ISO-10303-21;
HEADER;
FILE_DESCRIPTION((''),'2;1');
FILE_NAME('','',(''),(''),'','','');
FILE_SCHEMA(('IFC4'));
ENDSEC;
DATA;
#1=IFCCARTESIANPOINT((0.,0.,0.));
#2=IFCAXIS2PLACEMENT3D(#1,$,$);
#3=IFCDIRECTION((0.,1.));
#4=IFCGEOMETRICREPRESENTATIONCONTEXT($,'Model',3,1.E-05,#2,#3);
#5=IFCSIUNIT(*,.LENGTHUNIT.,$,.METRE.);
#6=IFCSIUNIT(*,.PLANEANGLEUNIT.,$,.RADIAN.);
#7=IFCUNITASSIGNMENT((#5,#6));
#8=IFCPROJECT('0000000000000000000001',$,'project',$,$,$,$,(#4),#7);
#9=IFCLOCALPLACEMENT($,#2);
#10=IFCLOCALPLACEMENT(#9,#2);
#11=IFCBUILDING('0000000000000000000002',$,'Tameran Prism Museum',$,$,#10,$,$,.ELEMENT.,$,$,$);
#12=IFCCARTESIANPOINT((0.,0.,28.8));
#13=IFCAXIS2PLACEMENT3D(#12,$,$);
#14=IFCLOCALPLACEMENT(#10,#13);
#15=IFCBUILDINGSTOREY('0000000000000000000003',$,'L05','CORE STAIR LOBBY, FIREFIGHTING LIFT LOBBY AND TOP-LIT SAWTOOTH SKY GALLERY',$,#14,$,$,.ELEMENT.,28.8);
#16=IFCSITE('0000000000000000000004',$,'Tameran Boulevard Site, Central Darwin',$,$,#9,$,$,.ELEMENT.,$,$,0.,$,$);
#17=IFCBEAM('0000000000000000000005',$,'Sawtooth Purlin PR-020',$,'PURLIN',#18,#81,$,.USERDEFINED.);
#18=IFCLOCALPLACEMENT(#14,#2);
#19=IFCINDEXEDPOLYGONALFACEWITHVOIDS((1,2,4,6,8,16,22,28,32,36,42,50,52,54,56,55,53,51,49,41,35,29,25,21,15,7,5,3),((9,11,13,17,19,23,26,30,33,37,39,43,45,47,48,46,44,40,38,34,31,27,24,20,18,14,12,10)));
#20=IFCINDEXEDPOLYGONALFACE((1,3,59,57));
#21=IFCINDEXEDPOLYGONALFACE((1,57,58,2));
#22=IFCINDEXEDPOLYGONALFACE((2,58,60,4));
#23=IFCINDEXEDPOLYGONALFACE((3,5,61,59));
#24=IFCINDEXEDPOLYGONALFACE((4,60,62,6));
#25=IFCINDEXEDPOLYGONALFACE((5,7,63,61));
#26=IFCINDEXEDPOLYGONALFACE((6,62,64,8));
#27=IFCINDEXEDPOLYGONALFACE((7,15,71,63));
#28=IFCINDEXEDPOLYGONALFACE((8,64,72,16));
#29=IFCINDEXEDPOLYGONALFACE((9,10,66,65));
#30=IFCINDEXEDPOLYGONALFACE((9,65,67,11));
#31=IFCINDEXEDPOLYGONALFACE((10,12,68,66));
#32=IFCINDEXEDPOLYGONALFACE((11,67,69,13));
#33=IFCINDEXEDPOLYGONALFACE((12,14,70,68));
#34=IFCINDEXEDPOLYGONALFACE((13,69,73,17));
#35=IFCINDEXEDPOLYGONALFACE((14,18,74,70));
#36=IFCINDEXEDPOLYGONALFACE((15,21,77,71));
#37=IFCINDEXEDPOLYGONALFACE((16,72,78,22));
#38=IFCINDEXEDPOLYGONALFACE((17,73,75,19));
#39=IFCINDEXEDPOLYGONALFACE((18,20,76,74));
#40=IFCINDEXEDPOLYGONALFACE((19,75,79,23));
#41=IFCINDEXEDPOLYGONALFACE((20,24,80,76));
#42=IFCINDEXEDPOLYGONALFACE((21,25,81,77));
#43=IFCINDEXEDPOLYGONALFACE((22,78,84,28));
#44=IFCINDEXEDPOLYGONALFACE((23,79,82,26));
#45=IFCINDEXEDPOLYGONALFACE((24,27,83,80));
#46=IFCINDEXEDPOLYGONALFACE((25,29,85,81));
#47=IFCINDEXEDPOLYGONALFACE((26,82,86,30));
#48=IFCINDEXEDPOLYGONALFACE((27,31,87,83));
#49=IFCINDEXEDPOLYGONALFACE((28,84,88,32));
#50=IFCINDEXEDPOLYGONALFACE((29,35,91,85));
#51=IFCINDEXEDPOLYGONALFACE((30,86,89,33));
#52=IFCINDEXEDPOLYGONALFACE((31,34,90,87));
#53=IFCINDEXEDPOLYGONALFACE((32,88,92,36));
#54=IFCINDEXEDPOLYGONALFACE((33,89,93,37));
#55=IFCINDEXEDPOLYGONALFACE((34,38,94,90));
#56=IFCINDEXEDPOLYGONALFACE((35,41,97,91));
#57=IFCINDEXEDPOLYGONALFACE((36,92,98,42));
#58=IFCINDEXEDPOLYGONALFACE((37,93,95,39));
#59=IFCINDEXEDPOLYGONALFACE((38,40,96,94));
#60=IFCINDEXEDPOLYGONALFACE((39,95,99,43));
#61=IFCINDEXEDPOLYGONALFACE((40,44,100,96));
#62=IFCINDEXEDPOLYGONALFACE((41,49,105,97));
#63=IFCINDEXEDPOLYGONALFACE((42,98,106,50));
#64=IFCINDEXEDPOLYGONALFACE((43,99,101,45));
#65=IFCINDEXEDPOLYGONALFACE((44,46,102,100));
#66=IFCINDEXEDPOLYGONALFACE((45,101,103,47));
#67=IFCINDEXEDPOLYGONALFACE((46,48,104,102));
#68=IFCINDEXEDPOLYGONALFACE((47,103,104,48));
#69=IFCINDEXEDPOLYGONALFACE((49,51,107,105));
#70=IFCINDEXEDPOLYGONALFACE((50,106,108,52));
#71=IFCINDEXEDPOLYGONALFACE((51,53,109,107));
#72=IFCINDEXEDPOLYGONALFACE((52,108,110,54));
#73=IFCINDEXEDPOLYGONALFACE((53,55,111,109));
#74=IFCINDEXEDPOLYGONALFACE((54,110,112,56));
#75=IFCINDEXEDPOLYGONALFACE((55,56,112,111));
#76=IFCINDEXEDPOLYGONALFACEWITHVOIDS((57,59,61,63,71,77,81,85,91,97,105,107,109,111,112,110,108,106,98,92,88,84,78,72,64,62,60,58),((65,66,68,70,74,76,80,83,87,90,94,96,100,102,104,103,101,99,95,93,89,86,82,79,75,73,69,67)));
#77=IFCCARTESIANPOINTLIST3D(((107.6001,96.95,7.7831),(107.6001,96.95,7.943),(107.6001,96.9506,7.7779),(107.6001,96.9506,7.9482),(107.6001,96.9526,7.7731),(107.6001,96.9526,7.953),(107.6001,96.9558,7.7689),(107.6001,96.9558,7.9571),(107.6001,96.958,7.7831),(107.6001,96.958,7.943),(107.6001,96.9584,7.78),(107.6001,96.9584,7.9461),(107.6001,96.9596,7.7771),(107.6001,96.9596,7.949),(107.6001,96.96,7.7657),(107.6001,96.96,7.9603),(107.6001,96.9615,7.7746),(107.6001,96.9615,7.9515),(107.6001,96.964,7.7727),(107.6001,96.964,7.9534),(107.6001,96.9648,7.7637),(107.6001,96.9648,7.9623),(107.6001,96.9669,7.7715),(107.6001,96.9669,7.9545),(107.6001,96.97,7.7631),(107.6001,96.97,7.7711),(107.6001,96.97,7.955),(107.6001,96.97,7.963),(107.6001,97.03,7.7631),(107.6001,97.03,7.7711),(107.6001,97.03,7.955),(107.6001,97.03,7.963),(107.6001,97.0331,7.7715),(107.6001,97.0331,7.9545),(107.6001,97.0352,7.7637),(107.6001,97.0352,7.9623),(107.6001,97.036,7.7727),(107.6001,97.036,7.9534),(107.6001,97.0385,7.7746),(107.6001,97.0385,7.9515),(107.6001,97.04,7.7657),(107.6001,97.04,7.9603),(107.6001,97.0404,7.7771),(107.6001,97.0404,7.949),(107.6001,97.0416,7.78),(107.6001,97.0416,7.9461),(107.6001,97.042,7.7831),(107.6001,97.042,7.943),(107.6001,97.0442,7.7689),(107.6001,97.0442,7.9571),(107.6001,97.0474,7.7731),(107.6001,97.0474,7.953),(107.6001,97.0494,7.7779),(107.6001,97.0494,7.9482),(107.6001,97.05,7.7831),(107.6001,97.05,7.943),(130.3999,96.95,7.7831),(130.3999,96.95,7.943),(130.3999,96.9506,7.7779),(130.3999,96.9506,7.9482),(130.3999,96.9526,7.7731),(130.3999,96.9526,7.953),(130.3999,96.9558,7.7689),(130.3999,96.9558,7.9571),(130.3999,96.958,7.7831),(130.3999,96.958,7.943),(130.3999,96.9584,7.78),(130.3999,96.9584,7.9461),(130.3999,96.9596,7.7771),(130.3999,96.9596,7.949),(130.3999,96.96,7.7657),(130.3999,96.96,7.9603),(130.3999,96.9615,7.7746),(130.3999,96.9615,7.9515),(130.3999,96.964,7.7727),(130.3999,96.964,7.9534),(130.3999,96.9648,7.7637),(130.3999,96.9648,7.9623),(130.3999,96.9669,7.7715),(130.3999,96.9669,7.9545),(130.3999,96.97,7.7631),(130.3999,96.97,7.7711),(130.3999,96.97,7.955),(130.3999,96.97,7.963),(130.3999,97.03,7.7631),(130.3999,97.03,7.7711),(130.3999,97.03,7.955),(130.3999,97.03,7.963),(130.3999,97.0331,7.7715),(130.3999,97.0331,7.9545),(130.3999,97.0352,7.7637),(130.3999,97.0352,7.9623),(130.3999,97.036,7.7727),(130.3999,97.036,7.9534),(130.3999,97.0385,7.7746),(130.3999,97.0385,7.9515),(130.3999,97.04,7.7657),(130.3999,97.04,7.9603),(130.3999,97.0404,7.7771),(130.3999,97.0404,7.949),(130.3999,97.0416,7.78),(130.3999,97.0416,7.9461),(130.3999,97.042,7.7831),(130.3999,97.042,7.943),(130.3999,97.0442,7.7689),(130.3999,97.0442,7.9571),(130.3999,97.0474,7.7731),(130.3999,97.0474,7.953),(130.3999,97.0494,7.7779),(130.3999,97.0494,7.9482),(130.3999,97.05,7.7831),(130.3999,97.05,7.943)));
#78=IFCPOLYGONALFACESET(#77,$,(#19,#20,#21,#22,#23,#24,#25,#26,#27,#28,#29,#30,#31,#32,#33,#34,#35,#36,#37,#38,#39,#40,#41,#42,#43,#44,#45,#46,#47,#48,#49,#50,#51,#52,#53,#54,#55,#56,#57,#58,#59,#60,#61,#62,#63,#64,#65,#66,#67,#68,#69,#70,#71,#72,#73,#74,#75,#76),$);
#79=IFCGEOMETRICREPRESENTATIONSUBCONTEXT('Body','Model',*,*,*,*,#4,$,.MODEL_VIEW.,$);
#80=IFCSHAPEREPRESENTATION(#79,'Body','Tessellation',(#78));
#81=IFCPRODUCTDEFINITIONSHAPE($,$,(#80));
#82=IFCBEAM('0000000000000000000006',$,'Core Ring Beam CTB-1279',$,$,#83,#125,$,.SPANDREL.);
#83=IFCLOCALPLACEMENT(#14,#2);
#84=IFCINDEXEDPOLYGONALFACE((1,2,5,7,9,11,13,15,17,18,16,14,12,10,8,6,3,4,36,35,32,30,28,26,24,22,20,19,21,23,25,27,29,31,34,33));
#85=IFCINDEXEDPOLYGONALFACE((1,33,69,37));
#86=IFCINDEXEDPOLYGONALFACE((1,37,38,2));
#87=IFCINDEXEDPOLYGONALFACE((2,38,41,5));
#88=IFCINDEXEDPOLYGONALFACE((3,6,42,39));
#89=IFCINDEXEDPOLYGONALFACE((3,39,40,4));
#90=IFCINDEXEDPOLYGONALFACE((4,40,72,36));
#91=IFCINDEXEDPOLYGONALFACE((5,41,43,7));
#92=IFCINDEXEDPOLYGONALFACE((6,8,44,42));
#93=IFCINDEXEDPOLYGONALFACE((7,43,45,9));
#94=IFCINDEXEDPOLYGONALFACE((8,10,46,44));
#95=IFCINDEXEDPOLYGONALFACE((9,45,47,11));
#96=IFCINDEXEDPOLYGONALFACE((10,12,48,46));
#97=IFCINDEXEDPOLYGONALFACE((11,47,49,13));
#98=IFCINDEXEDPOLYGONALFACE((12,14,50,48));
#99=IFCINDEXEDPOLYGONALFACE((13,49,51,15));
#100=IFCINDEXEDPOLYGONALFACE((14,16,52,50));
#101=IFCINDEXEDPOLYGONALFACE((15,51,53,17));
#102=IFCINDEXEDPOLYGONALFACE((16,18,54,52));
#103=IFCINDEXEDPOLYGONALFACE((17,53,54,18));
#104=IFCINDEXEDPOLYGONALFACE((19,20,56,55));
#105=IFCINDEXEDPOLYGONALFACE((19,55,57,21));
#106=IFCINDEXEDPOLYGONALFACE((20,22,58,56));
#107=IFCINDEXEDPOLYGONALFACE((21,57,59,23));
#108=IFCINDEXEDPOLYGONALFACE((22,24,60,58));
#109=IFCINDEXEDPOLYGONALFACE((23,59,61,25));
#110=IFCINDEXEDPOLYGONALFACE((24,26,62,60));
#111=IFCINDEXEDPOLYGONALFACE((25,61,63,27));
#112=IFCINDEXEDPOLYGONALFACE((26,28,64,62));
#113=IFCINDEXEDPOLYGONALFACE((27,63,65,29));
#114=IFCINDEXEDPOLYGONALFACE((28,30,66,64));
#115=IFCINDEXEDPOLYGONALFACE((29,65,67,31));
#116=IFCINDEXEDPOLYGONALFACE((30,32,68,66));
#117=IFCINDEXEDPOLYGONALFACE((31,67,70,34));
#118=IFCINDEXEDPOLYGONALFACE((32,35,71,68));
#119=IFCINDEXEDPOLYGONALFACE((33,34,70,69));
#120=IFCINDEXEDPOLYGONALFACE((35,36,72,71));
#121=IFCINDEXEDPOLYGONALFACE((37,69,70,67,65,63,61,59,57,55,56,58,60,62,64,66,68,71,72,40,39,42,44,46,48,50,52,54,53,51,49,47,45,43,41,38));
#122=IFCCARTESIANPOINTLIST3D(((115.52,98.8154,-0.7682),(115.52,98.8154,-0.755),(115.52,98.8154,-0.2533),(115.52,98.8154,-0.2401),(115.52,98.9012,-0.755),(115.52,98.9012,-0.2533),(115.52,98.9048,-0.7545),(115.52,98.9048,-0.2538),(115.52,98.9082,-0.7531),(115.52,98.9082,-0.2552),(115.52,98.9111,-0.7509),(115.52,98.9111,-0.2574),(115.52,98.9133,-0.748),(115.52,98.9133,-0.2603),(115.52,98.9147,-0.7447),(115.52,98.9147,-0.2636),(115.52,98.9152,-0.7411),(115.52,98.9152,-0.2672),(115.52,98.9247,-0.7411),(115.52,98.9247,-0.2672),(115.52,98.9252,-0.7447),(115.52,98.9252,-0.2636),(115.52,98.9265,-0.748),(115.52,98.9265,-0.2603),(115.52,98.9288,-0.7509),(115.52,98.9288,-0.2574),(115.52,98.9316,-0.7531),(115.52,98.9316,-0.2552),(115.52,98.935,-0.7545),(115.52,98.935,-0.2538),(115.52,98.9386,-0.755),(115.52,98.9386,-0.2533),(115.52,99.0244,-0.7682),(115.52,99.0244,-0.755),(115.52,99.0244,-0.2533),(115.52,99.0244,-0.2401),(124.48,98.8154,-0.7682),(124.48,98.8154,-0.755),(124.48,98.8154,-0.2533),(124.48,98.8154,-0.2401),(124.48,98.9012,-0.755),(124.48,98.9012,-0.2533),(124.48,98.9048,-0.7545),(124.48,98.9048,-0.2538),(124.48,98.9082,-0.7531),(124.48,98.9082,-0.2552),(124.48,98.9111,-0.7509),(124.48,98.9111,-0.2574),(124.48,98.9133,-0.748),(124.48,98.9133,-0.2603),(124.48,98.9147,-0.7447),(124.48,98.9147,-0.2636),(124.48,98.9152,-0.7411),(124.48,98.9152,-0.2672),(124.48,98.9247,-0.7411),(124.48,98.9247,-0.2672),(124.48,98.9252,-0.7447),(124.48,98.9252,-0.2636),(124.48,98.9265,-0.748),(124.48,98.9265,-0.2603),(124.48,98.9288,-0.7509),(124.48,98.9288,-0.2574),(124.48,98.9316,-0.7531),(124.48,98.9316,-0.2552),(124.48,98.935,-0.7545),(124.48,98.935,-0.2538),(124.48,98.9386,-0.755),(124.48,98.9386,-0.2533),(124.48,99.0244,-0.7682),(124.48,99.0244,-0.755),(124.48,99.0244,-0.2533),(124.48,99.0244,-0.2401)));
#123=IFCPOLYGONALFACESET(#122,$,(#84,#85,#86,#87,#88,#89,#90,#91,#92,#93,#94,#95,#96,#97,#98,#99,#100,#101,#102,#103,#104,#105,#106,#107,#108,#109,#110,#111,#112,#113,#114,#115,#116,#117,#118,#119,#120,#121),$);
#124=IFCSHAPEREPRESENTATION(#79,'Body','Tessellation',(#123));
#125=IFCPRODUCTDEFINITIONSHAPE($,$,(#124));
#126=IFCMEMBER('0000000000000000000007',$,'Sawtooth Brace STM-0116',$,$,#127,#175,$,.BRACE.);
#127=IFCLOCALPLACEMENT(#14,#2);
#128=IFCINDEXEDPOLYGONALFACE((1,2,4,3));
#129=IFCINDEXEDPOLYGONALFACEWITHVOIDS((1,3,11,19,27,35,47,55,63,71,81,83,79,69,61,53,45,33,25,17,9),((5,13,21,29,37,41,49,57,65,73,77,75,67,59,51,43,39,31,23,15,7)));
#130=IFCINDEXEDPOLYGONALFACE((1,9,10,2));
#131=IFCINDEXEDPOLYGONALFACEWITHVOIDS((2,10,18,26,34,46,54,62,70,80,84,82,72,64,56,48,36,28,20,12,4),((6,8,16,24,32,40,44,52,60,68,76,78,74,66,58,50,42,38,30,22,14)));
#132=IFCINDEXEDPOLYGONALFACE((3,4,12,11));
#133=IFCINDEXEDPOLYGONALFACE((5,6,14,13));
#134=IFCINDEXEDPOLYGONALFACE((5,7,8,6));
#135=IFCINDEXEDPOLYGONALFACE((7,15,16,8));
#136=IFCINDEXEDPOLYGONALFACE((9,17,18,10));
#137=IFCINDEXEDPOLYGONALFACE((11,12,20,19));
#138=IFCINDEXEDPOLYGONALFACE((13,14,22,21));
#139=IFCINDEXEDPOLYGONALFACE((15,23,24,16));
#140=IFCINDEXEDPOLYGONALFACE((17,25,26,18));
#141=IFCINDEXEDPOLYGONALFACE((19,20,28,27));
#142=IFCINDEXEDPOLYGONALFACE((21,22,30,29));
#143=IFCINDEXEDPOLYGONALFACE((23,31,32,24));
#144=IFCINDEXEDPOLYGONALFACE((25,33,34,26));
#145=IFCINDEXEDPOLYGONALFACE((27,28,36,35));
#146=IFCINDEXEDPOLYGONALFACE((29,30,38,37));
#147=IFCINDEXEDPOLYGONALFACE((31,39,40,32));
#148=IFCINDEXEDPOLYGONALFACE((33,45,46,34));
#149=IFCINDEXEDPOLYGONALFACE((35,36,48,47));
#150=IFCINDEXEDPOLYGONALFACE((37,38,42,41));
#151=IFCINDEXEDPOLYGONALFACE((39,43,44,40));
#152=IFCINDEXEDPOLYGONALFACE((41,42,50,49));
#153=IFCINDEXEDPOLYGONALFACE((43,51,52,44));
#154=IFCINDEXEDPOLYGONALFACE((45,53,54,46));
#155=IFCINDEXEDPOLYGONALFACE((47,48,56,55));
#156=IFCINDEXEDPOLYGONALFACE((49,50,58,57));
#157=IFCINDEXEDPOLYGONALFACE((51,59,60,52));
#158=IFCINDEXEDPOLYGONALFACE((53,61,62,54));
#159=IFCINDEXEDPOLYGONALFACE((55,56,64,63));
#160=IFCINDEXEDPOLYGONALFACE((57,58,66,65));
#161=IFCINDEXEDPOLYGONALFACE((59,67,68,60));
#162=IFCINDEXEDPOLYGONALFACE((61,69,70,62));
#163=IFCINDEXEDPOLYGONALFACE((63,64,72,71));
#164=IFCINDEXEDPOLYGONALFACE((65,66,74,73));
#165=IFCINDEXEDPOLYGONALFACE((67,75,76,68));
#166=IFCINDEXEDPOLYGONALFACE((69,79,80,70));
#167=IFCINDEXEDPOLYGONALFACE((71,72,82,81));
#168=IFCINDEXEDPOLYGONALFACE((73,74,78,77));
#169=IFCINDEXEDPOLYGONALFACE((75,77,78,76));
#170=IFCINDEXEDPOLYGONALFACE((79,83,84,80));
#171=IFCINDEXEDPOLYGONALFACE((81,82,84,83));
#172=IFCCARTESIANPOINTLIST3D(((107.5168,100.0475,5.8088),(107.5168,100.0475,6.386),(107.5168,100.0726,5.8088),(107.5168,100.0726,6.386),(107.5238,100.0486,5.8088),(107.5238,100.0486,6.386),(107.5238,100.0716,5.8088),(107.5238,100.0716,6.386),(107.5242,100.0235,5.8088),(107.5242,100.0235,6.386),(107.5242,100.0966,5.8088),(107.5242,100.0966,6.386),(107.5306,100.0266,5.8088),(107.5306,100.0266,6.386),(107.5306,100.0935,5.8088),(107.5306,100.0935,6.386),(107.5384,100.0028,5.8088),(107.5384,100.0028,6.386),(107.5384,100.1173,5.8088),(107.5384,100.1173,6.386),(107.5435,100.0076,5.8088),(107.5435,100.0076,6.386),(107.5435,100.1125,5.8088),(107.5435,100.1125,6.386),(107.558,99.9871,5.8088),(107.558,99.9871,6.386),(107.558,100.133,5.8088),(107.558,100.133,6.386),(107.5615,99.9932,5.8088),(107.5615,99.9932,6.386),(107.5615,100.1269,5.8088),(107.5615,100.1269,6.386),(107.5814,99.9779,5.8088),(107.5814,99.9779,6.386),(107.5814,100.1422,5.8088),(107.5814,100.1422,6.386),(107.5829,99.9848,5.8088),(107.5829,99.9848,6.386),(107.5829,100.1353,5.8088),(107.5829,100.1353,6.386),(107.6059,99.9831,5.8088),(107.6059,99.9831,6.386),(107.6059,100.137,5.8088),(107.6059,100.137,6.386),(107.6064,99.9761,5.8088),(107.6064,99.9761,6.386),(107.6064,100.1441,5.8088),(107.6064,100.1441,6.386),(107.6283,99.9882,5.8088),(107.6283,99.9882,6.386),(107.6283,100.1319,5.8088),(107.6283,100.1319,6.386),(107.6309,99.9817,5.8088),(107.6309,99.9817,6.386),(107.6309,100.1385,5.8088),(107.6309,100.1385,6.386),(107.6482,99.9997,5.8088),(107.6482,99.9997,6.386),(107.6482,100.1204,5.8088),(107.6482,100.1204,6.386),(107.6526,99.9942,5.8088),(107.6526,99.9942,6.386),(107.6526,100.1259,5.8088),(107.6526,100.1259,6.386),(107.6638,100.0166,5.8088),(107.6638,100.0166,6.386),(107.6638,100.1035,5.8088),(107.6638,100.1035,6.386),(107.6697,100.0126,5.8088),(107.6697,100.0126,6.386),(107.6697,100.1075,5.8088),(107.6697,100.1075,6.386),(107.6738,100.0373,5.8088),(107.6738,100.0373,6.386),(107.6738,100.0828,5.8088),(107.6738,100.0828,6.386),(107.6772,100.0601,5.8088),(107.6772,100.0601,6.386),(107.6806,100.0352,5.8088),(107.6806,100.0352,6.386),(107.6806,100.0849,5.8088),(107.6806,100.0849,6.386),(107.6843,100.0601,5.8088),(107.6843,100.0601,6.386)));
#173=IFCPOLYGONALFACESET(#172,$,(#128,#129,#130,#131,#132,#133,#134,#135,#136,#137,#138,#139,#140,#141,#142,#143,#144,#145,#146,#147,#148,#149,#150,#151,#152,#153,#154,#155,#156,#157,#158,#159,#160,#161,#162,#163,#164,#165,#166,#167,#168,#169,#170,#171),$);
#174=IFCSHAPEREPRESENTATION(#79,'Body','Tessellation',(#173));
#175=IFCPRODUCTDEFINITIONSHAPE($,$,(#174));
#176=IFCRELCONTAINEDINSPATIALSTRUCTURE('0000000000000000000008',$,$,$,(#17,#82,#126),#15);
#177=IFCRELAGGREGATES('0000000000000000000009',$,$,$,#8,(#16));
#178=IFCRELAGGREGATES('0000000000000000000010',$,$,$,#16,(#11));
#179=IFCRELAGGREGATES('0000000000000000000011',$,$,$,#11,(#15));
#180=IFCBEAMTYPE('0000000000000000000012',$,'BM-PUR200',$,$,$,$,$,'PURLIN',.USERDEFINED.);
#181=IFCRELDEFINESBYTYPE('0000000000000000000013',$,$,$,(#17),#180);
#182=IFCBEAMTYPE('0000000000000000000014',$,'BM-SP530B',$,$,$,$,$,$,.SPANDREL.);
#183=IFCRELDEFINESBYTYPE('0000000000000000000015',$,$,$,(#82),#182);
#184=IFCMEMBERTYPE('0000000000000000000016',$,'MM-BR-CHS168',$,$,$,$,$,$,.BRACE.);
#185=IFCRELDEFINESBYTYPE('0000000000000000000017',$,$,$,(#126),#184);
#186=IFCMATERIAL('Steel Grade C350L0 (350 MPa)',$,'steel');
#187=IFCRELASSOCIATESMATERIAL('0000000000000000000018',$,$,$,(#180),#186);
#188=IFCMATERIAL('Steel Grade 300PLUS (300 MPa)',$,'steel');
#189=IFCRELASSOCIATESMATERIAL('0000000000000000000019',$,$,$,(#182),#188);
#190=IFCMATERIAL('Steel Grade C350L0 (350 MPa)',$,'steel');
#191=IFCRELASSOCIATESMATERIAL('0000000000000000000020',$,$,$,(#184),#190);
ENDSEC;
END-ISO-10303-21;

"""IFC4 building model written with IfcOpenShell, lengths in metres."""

from ifc_helpers import new_model, si_unit, direction, frame, origin, origin_2d, place, context, subcontext, project, spatial, hollow_rectangle, hollow_circle, i_section, extrude, material, material_profile, profile_set, type_object, element, save


model = new_model("IFC4")

# Units and contexts
model_context = context("Model", 3, precision=1e-05, world=origin(), true_north=direction((0.0, 1.0)))
body_context = subcontext(model_context, "Body", "Model", "MODEL_VIEW")
ifc_project = project(units=[si_unit("LENGTHUNIT", "METRE"), si_unit("PLANEANGLEUNIT", "RADIAN")], contexts=[model_context])

# Site, building, storey
site_placement = place(None, origin())
site = spatial("IfcSite", under=ifc_project, at=site_placement, Name="Tameran Boulevard Site, Central Darwin", CompositionType="ELEMENT", RefElevation=0.0)
building_placement = place(site_placement, origin())
building = spatial("IfcBuilding", under=site, at=building_placement, Name="Tameran Prism Museum", CompositionType="ELEMENT")
storey_placement = place(building_placement, frame((0.0, 0.0, 28.8)))
storey = spatial("IfcBuildingStorey", under=building, at=storey_placement, Name="L05", Description="CORE STAIR LOBBY, FIREFIGHTING LIFT LOBBY AND TOP-LIT SAWTOOTH SKY GALLERY", CompositionType="ELEMENT", Elevation=28.8)

# Beams
ifc_material_1 = material(Name="Steel Grade C350L0 (350 MPa)", Category="steel")
ifc_material_profile_1 = material_profile(ifc_material_1, hollow_rectangle(XDim=0.1001, YDim=0.2, WallThickness=0.0081, InnerFilletRadius=0.012, OuterFilletRadius=0.02, at=origin_2d()))
ifc_profile_set_1 = profile_set([ifc_material_profile_1])
beam_type_1 = type_object("IfcBeamType", Name="BM-PUR200", ElementType="PURLIN", PredefinedType="USERDEFINED", material=ifc_profile_set_1)
beam_1_placement = place(storey_placement, frame((107.6001, 97.0, 7.863), z_axis=(1.0, 0.0, 0.0), x_axis=(0.0, 1.0, 0.0)))
element("IfcBeam", 1, at=beam_1_placement, inside=storey, type_object=beam_type_1, Name="Sawtooth Purlin PR-020", ObjectType="PURLIN", PredefinedType="USERDEFINED", context=body_context, shape_type="SweptSolid", body=[
    extrude(hollow_rectangle(XDim=0.1001, YDim=0.2, WallThickness=0.0081, InnerFilletRadius=0.012, OuterFilletRadius=0.02, at=origin_2d()), origin(), (0.0, 0.0, 1.0), 22.7998),
])
ifc_material_2 = material(Name="Steel Grade 300PLUS (300 MPa)", Category="steel")
ifc_material_profile_2 = material_profile(ifc_material_2, i_section(OverallWidth=0.209, OverallDepth=0.5281, WebThickness=0.0095, FlangeThickness=0.0132, FilletRadius=0.0139, at=origin_2d()))
ifc_profile_set_2 = profile_set([ifc_material_profile_2])
beam_type_2 = type_object("IfcBeamType", Name="BM-SP530B", PredefinedType="SPANDREL", material=ifc_profile_set_2)
beam_2_placement = place(storey_placement, frame((115.52, 98.9199, -0.5042), z_axis=(1.0, 0.0, 0.0), x_axis=(0.0, 1.0, 0.0)))
element("IfcBeam", 2, at=beam_2_placement, inside=storey, type_object=beam_type_2, Name="Core Ring Beam CTB-1279", PredefinedType="SPANDREL", context=body_context, shape_type="SweptSolid", body=[
    extrude(i_section(OverallWidth=0.209, OverallDepth=0.5281, WebThickness=0.0095, FlangeThickness=0.0132, FilletRadius=0.0139, at=origin_2d()), origin(), (0.0, 0.0, 1.0), 8.96),
])

# Member
ifc_material_3 = material(Name="Steel Grade C350L0 (350 MPa)", Category="steel")
ifc_material_profile_3 = material_profile(ifc_material_3, hollow_circle(Radius=0.0842, WallThickness=0.0071, at=origin_2d()))
ifc_profile_set_3 = profile_set([ifc_material_profile_3])
member_type_1 = type_object("IfcMemberType", Name="MM-BR-CHS168", PredefinedType="BRACE", material=ifc_profile_set_3)
member_1_placement = place(storey_placement, frame((107.6001, 100.0601, 6.386), z_axis=(0.0, 0.0, -1.0), x_axis=(1.0, 0.0, 0.0)))
element("IfcMember", 3, at=member_1_placement, inside=storey, type_object=member_type_1, Name="Sawtooth Brace STM-0116", PredefinedType="BRACE", context=body_context, shape_type="SweptSolid", body=[
    extrude(hollow_circle(Radius=0.0842, WallThickness=0.0071, at=origin_2d()), origin(), (0.0, 0.0, 1.0), 0.5771),
])

save(model, "model.ifc")
